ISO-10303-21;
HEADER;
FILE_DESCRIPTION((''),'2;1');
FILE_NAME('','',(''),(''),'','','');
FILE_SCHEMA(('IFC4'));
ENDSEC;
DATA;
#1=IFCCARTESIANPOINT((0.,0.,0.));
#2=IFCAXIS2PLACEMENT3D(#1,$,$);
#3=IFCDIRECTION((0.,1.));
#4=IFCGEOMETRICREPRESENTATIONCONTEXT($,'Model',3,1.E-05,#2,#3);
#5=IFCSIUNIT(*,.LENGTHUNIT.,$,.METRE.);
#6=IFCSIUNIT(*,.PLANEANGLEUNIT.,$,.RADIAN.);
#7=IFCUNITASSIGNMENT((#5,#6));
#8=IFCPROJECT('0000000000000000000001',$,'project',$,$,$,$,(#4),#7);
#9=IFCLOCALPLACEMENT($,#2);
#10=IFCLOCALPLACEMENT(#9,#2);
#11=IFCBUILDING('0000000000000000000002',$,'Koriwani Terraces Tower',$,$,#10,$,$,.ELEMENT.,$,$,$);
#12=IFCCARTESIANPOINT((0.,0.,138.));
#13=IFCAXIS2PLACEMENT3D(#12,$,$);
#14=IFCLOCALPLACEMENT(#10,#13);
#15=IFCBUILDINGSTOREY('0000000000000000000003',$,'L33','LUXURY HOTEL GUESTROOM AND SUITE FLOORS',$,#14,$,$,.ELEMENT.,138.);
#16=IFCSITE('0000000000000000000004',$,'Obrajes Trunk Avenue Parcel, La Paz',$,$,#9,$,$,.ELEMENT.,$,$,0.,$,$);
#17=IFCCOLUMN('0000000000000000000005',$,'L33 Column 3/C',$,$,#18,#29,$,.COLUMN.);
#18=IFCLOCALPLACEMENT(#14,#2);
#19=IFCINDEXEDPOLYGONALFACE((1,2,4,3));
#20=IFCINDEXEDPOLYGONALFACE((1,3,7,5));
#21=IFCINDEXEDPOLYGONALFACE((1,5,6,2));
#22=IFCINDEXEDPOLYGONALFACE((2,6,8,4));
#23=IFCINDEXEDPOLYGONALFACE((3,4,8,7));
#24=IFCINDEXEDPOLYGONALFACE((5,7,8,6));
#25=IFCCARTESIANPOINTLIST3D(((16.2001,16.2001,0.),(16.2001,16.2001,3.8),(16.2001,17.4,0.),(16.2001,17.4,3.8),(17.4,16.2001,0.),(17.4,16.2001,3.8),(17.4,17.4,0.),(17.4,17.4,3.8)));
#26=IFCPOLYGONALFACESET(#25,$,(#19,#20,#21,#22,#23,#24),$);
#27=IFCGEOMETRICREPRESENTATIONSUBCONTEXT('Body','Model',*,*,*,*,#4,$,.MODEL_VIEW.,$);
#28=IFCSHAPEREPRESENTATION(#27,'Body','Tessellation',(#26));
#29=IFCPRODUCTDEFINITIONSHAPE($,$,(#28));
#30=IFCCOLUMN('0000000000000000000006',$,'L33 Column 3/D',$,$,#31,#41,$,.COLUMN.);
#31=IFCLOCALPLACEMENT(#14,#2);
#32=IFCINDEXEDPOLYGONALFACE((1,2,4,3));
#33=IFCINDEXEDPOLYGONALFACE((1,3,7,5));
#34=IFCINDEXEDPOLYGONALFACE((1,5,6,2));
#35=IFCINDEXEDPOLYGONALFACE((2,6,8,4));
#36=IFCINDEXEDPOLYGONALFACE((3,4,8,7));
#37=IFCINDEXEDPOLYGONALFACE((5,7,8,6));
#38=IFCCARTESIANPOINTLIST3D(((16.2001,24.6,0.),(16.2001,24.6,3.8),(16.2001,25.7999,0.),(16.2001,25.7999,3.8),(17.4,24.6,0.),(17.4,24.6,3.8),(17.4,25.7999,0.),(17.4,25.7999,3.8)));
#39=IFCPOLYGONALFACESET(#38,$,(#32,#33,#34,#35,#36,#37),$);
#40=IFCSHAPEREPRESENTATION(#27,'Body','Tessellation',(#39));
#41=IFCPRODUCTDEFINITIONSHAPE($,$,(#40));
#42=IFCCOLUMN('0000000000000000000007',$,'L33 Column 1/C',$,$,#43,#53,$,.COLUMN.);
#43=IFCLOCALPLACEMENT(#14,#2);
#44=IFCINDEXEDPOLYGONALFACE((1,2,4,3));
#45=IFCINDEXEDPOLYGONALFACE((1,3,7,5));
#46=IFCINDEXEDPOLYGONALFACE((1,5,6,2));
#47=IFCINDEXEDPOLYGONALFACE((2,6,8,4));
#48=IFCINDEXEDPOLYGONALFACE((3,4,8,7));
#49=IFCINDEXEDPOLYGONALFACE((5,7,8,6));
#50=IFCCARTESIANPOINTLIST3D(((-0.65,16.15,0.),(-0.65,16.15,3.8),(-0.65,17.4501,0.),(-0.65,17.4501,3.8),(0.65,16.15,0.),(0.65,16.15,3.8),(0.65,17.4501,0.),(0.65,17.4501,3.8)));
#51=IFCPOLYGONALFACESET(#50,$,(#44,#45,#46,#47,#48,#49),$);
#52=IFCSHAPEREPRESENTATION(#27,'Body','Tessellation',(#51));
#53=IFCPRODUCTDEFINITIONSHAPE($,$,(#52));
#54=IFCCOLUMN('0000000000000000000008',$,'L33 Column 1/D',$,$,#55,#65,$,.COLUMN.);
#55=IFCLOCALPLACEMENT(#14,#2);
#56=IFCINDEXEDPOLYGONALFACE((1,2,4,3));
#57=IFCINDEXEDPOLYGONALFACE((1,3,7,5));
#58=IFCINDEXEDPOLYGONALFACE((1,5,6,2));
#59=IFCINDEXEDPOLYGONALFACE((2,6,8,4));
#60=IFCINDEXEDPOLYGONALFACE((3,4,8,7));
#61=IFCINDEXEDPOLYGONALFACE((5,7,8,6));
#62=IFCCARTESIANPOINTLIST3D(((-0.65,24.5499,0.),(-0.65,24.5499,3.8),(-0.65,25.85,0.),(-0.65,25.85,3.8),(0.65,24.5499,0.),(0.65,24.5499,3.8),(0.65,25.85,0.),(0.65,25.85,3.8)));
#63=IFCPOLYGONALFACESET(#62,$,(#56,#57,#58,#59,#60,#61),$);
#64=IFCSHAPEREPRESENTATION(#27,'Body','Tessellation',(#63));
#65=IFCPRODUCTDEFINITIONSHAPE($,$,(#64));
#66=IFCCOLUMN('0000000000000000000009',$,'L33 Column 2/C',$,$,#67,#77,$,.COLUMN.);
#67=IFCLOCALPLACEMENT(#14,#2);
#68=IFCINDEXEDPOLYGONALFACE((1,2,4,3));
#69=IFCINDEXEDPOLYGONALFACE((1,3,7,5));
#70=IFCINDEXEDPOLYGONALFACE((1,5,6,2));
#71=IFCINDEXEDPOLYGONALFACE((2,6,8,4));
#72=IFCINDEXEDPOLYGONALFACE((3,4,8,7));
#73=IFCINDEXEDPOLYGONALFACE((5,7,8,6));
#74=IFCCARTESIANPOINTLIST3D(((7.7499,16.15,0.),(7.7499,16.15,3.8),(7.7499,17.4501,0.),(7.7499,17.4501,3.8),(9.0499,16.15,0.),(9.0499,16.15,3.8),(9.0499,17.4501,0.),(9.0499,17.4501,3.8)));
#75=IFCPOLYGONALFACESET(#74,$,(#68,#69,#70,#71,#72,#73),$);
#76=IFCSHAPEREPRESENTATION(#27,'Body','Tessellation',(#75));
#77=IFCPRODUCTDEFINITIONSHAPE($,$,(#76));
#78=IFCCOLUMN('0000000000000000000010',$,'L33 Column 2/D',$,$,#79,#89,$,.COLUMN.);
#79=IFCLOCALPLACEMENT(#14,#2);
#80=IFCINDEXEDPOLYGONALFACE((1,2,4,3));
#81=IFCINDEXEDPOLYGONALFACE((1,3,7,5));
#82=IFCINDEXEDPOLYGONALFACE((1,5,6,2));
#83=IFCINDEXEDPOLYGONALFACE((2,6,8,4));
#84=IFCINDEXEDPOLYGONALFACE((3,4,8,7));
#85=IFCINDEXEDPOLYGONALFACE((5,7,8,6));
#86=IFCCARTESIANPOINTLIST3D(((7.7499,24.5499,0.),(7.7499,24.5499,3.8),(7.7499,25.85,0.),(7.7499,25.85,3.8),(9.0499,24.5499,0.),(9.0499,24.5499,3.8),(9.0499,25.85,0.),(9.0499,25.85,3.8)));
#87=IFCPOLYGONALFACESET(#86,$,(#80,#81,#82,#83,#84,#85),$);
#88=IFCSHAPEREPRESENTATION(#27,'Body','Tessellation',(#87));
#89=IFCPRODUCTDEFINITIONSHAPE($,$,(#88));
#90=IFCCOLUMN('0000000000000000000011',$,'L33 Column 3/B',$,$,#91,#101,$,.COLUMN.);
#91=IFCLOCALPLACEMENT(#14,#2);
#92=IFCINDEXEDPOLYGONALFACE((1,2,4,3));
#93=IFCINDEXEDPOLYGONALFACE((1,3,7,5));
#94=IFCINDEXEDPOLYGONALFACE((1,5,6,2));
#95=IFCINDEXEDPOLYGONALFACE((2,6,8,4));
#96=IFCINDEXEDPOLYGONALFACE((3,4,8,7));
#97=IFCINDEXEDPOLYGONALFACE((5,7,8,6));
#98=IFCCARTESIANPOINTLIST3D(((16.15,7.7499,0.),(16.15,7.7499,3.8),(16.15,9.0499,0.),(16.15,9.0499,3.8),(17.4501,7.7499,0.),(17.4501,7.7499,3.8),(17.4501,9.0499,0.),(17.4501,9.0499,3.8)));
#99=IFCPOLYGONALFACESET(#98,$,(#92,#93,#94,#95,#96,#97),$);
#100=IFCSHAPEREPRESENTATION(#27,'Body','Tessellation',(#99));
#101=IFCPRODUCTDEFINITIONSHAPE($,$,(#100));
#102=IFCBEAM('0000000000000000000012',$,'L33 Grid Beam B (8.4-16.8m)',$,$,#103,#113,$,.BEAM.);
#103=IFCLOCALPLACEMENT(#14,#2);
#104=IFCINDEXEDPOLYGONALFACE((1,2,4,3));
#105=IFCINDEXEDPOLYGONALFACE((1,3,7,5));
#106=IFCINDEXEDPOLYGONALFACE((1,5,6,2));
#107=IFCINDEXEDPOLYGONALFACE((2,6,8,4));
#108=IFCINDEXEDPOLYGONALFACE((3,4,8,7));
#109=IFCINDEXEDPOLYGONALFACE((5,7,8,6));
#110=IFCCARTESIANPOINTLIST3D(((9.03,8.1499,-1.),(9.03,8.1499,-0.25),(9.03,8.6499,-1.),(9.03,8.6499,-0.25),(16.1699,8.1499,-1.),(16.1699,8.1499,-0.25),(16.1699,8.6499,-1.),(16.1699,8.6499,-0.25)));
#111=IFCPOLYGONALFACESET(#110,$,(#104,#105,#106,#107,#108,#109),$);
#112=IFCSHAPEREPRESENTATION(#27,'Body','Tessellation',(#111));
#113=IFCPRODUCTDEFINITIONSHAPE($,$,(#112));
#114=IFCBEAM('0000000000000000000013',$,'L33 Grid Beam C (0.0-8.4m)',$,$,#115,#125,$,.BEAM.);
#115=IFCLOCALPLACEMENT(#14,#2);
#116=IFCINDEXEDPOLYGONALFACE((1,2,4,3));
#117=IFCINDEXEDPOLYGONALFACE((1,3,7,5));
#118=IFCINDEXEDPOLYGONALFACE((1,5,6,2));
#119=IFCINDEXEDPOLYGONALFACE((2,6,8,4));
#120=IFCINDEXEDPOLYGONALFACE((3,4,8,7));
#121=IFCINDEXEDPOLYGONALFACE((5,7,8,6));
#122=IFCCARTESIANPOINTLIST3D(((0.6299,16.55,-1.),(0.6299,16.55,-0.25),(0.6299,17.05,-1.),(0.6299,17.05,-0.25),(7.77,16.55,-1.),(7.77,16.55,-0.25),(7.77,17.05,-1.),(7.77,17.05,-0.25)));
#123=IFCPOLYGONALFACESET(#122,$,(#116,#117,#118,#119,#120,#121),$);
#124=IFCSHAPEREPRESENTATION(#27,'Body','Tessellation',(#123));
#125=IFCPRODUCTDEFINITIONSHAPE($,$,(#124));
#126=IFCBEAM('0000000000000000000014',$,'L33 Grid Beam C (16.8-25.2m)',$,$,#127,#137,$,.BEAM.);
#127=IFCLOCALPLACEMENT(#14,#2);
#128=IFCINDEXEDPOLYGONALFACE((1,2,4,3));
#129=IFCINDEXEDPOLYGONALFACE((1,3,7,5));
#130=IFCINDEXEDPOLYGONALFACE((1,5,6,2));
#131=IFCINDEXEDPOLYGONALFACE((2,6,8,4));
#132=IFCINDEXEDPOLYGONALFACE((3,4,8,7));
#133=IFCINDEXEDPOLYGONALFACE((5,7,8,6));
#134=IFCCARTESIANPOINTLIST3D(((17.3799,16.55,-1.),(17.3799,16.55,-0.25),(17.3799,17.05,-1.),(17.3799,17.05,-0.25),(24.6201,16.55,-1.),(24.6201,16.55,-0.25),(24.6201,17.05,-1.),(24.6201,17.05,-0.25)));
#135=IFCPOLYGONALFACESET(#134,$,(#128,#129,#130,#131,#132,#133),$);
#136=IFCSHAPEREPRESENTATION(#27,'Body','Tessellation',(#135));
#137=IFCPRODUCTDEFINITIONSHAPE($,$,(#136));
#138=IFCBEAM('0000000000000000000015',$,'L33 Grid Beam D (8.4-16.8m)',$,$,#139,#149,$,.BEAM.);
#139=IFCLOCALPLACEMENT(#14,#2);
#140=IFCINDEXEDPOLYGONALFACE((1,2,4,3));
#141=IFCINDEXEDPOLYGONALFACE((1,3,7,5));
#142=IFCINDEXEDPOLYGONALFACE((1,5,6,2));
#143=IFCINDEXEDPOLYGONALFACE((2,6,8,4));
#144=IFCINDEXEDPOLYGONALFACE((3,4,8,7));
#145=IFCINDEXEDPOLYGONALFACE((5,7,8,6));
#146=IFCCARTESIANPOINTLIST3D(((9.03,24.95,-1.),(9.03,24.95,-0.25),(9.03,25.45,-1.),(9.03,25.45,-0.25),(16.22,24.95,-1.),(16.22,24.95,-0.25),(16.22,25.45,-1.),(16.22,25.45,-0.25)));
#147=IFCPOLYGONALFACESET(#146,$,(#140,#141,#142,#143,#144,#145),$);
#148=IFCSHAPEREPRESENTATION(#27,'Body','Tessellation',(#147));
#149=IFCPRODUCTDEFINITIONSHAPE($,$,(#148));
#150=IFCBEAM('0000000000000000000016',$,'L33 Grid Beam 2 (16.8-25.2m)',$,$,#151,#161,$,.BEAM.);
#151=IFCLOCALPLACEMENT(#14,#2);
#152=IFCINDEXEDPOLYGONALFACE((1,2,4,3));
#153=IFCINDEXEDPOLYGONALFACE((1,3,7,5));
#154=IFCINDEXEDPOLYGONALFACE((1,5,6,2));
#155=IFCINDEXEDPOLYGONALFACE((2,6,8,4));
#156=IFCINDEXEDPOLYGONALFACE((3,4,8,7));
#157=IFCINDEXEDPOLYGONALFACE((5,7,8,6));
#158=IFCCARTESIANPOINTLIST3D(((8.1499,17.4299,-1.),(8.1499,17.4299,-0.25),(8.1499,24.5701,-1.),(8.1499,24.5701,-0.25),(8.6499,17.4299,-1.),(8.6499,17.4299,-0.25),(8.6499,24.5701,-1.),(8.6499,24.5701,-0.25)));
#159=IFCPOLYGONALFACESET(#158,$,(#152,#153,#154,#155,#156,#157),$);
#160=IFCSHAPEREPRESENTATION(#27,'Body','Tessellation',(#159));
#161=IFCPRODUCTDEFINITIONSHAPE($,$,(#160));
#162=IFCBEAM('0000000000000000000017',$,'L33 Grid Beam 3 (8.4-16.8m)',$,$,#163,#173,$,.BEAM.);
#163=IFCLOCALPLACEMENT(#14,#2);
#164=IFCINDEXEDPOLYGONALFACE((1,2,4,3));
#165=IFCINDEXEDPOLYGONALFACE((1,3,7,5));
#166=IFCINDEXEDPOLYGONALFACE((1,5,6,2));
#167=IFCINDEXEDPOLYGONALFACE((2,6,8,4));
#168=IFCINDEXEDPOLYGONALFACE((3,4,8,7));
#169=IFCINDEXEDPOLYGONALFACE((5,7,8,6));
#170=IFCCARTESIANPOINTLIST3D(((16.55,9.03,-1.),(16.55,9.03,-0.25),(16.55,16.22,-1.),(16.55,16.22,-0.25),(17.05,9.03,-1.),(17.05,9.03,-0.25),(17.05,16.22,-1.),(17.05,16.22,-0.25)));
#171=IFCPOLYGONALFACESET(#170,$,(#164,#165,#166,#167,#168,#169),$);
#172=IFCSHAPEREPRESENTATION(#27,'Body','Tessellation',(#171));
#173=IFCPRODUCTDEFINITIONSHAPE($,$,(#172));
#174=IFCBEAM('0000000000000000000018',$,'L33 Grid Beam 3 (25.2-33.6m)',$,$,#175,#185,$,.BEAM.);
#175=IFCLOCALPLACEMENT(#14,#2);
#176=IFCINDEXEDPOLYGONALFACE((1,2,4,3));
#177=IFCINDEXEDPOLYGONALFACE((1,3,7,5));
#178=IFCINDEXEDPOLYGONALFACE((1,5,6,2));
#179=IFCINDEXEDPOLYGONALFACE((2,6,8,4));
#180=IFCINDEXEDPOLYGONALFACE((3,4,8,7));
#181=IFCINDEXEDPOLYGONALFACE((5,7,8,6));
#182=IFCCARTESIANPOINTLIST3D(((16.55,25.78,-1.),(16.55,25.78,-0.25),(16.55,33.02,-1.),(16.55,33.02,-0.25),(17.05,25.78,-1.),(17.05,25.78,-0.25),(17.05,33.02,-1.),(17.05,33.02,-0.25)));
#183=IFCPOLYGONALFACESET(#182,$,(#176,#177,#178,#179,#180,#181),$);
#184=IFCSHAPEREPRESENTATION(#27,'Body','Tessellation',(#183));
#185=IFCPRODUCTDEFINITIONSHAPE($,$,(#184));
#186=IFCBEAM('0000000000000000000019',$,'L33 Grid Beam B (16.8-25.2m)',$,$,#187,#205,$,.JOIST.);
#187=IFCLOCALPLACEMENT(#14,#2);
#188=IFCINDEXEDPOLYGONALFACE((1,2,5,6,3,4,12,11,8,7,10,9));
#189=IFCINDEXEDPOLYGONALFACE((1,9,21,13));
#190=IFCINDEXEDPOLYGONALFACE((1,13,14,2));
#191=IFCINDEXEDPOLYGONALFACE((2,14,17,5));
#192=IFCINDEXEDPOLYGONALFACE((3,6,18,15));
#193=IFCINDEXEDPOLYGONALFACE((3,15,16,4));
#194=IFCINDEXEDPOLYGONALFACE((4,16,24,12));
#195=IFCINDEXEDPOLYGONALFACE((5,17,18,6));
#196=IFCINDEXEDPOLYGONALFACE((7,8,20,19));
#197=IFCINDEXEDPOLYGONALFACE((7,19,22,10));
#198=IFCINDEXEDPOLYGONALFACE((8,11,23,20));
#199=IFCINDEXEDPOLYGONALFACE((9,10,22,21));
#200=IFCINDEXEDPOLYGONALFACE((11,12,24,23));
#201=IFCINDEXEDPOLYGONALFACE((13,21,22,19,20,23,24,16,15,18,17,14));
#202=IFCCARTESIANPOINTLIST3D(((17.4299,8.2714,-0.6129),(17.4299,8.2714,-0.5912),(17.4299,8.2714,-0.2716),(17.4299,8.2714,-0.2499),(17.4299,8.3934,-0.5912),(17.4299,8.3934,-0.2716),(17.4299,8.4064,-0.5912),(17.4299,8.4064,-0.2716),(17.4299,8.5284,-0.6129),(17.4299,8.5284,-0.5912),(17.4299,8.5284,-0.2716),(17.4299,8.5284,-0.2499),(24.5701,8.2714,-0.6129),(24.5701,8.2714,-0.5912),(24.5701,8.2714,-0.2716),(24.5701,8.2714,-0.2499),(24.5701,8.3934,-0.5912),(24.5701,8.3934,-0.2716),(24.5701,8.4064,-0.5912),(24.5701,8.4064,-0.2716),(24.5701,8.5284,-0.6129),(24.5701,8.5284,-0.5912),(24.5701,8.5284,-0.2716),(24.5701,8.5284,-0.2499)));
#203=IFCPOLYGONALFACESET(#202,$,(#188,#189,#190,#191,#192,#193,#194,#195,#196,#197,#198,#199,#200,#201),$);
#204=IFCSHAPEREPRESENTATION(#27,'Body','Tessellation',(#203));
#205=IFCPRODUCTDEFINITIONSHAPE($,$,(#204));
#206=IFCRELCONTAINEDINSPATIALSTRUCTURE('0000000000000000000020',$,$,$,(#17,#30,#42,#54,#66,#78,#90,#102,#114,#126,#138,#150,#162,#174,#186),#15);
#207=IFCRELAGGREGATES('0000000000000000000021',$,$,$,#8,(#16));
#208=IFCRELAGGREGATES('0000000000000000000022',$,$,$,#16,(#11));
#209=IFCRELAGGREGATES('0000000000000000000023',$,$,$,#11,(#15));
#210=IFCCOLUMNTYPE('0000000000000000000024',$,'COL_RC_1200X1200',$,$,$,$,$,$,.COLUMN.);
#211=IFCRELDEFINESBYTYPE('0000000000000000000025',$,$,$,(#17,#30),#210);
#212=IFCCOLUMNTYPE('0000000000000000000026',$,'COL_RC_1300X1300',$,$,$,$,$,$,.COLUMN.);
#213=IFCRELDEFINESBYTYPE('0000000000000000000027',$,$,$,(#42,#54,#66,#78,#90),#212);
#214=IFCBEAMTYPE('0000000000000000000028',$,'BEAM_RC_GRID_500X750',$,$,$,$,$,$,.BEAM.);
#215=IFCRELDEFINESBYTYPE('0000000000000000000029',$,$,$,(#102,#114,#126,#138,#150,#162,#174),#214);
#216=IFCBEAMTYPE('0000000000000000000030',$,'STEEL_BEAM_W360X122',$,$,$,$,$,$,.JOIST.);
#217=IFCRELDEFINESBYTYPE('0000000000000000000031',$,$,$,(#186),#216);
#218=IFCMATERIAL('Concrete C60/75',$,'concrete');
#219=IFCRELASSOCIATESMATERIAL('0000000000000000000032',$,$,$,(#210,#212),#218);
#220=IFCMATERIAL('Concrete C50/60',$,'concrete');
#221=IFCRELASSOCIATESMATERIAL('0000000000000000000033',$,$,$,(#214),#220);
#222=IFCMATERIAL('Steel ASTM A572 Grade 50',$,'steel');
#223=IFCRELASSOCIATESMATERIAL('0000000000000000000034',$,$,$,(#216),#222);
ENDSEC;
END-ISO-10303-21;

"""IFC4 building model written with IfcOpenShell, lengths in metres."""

from ifc_helpers import new_model, si_unit, direction, frame, origin, origin_2d, place, context, subcontext, project, spatial, rectangle, i_section, extrude, material, material_profile, profile_set, type_object, element, save


model = new_model("IFC4")

# Units and contexts
model_context = context("Model", 3, precision=1e-05, world=origin(), true_north=direction((0.0, 1.0)))
body_context = subcontext(model_context, "Body", "Model", "MODEL_VIEW")
ifc_project = project(units=[si_unit("LENGTHUNIT", "METRE"), si_unit("PLANEANGLEUNIT", "RADIAN")], contexts=[model_context])

# Site, building, storey
site_placement = place(None, origin())
site = spatial("IfcSite", under=ifc_project, at=site_placement, Name="Obrajes Trunk Avenue Parcel, La Paz", CompositionType="ELEMENT", RefElevation=0.0)
building_placement = place(site_placement, origin())
building = spatial("IfcBuilding", under=site, at=building_placement, Name="Koriwani Terraces Tower", CompositionType="ELEMENT")
storey_placement = place(building_placement, frame((0.0, 0.0, 138.0)))
storey = spatial("IfcBuildingStorey", under=building, at=storey_placement, Name="L33", Description="LUXURY HOTEL GUESTROOM AND SUITE FLOORS", CompositionType="ELEMENT", Elevation=138.0)

# Columns
ifc_material_1 = material(Name="Concrete C60/75", Category="concrete")
ifc_material_profile_1 = material_profile(ifc_material_1, rectangle(XDim=1.2, YDim=1.2, at=origin_2d()), Name="Concrete C60/75", Category="LoadBearing")
ifc_profile_set_1 = profile_set([ifc_material_profile_1], Name="Concrete C60/75")
column_type_1 = type_object("IfcColumnType", Name="COL_RC_1200X1200", PredefinedType="COLUMN", material=ifc_profile_set_1)
for number, where, z_axis, x_axis, name in (
    (1, (16.8, 16.8, 0.0), (0.0, 0.0, 1.0), (1.0, 0.0, 0.0), "L33 Column 3/C"),
    (2, (16.8, 25.2, 0.0), (0.0, 0.0, 1.0), (1.0, 0.0, 0.0), "L33 Column 3/D"),
):
    element("IfcColumn", number, at=place(storey_placement, frame(where, z_axis=z_axis, x_axis=x_axis)), inside=storey, type_object=column_type_1, Name=name, PredefinedType="COLUMN", context=body_context, shape_type="SweptSolid", body=[
        extrude(rectangle(XDim=1.2, YDim=1.2, at=origin_2d()), origin(), (0.0, 0.0, 1.0), 3.8),
    ])
ifc_material_profile_2 = material_profile(ifc_material_1, rectangle(XDim=1.3, YDim=1.3, at=origin_2d()), Name="Concrete C60/75", Category="LoadBearing")
ifc_profile_set_2 = profile_set([ifc_material_profile_2], Name="Concrete C60/75")
column_type_2 = type_object("IfcColumnType", Name="COL_RC_1300X1300", PredefinedType="COLUMN", material=ifc_profile_set_2)
for number, where, z_axis, x_axis, name in (
    (3, (0.0, 16.8, 0.0), (0.0, 0.0, 1.0), (1.0, 0.0, 0.0), "L33 Column 1/C"),
    (4, (0.0, 25.2, 0.0), (0.0, 0.0, 1.0), (1.0, 0.0, 0.0), "L33 Column 1/D"),
    (5, (8.3999, 16.8, 0.0), (0.0, 0.0, 1.0), (1.0, 0.0, 0.0), "L33 Column 2/C"),
    (6, (8.3999, 25.2, 0.0), (0.0, 0.0, 1.0), (1.0, 0.0, 0.0), "L33 Column 2/D"),
    (7, (16.8, 8.3999, 0.0), (0.0, 0.0, 1.0), (1.0, 0.0, 0.0), "L33 Column 3/B"),
):
    element("IfcColumn", number, at=place(storey_placement, frame(where, z_axis=z_axis, x_axis=x_axis)), inside=storey, type_object=column_type_2, Name=name, PredefinedType="COLUMN", context=body_context, shape_type="SweptSolid", body=[
        extrude(rectangle(XDim=1.3, YDim=1.3, at=origin_2d()), origin(), (0.0, 0.0, 1.0), 3.8),
    ])

# Beams
ifc_material_2 = material(Name="Concrete C50/60", Category="concrete")
ifc_material_profile_3 = material_profile(ifc_material_2, rectangle(XDim=0.5, YDim=0.75, at=origin_2d()), Name="Concrete C50/60", Category="LoadBearing")
ifc_profile_set_3 = profile_set([ifc_material_profile_3], Name="Concrete C50/60")
beam_type_1 = type_object("IfcBeamType", Name="BEAM_RC_GRID_500X750", PredefinedType="BEAM", material=ifc_profile_set_3)
beam_1_placement = place(storey_placement, frame((9.03, 8.3999, -0.625), z_axis=(1.0, 0.0, 0.0), x_axis=(0.0, 1.0, 0.0)))
element("IfcBeam", 8, at=beam_1_placement, inside=storey, type_object=beam_type_1, Name="L33 Grid Beam B (8.4-16.8m)", PredefinedType="BEAM", context=body_context, shape_type="SweptSolid", body=[
    extrude(rectangle(XDim=0.5, YDim=0.75, at=origin_2d()), origin(), (0.0, 0.0, 1.0), 7.1399),
])
beam_2_placement = place(storey_placement, frame((0.6299, 16.8, -0.625), z_axis=(1.0, 0.0, 0.0), x_axis=(0.0, 1.0, 0.0)))
element("IfcBeam", 9, at=beam_2_placement, inside=storey, type_object=beam_type_1, Name="L33 Grid Beam C (0.0-8.4m)", PredefinedType="BEAM", context=body_context, shape_type="SweptSolid", body=[
    extrude(rectangle(XDim=0.5, YDim=0.75, at=origin_2d()), origin(), (0.0, 0.0, 1.0), 7.1401),
])
beam_3_placement = place(storey_placement, frame((17.3799, 16.8, -0.625), z_axis=(1.0, 0.0, 0.0), x_axis=(0.0, 1.0, 0.0)))
element("IfcBeam", 10, at=beam_3_placement, inside=storey, type_object=beam_type_1, Name="L33 Grid Beam C (16.8-25.2m)", PredefinedType="BEAM", context=body_context, shape_type="SweptSolid", body=[
    extrude(rectangle(XDim=0.5, YDim=0.75, at=origin_2d()), origin(), (0.0, 0.0, 1.0), 7.2402),
])
beam_4_placement = place(storey_placement, frame((9.03, 25.2, -0.625), z_axis=(1.0, 0.0, 0.0), x_axis=(0.0, 1.0, 0.0)))
element("IfcBeam", 11, at=beam_4_placement, inside=storey, type_object=beam_type_1, Name="L33 Grid Beam D (8.4-16.8m)", PredefinedType="BEAM", context=body_context, shape_type="SweptSolid", body=[
    extrude(rectangle(XDim=0.5, YDim=0.75, at=origin_2d()), origin(), (0.0, 0.0, 1.0), 7.1899),
])
beam_5_placement = place(storey_placement, frame((8.3999, 17.4299, -0.625), z_axis=(0.0, 1.0, 0.0), x_axis=(-1.0, 0.0, 0.0)))
element("IfcBeam", 12, at=beam_5_placement, inside=storey, type_object=beam_type_1, Name="L33 Grid Beam 2 (16.8-25.2m)", PredefinedType="BEAM", context=body_context, shape_type="SweptSolid", body=[
    extrude(rectangle(XDim=0.5, YDim=0.75, at=origin_2d()), origin(), (0.0, 0.0, 1.0), 7.1401),
])
beam_6_placement = place(storey_placement, frame((16.8, 9.03, -0.625), z_axis=(0.0, 1.0, 0.0), x_axis=(-1.0, 0.0, 0.0)))
element("IfcBeam", 13, at=beam_6_placement, inside=storey, type_object=beam_type_1, Name="L33 Grid Beam 3 (8.4-16.8m)", PredefinedType="BEAM", context=body_context, shape_type="SweptSolid", body=[
    extrude(rectangle(XDim=0.5, YDim=0.75, at=origin_2d()), origin(), (0.0, 0.0, 1.0), 7.1899),
])
beam_7_placement = place(storey_placement, frame((16.8, 25.78, -0.625), z_axis=(0.0, 1.0, 0.0), x_axis=(-1.0, 0.0, 0.0)))
element("IfcBeam", 14, at=beam_7_placement, inside=storey, type_object=beam_type_1, Name="L33 Grid Beam 3 (25.2-33.6m)", PredefinedType="BEAM", context=body_context, shape_type="SweptSolid", body=[
    extrude(rectangle(XDim=0.5, YDim=0.75, at=origin_2d()), origin(), (0.0, 0.0, 1.0), 7.24),
])
ifc_material_3 = material(Name="Steel ASTM A572 Grade 50", Category="steel")
ifc_material_profile_4 = material_profile(ifc_material_3, i_section(OverallWidth=0.2571, OverallDepth=0.363, WebThickness=0.0129, FlangeThickness=0.0217, at=origin_2d()), Name="Steel ASTM A572 Grade 50", Category="LoadBearing")
ifc_profile_set_4 = profile_set([ifc_material_profile_4], Name="Steel ASTM A572 Grade 50")
beam_type_2 = type_object("IfcBeamType", Name="STEEL_BEAM_W360X122", PredefinedType="JOIST", material=ifc_profile_set_4)
beam_8_placement = place(storey_placement, frame((17.4299, 8.3999, -0.4314), z_axis=(1.0, 0.0, 0.0), x_axis=(0.0, 1.0, 0.0)))
element("IfcBeam", 15, at=beam_8_placement, inside=storey, type_object=beam_type_2, Name="L33 Grid Beam B (16.8-25.2m)", PredefinedType="JOIST", context=body_context, shape_type="SweptSolid", body=[
    extrude(i_section(OverallWidth=0.2571, OverallDepth=0.363, WebThickness=0.0129, FlangeThickness=0.0217, at=origin_2d()), origin(), (0.0, 0.0, 1.0), 7.1401),
])

save(model, "model.ifc")
